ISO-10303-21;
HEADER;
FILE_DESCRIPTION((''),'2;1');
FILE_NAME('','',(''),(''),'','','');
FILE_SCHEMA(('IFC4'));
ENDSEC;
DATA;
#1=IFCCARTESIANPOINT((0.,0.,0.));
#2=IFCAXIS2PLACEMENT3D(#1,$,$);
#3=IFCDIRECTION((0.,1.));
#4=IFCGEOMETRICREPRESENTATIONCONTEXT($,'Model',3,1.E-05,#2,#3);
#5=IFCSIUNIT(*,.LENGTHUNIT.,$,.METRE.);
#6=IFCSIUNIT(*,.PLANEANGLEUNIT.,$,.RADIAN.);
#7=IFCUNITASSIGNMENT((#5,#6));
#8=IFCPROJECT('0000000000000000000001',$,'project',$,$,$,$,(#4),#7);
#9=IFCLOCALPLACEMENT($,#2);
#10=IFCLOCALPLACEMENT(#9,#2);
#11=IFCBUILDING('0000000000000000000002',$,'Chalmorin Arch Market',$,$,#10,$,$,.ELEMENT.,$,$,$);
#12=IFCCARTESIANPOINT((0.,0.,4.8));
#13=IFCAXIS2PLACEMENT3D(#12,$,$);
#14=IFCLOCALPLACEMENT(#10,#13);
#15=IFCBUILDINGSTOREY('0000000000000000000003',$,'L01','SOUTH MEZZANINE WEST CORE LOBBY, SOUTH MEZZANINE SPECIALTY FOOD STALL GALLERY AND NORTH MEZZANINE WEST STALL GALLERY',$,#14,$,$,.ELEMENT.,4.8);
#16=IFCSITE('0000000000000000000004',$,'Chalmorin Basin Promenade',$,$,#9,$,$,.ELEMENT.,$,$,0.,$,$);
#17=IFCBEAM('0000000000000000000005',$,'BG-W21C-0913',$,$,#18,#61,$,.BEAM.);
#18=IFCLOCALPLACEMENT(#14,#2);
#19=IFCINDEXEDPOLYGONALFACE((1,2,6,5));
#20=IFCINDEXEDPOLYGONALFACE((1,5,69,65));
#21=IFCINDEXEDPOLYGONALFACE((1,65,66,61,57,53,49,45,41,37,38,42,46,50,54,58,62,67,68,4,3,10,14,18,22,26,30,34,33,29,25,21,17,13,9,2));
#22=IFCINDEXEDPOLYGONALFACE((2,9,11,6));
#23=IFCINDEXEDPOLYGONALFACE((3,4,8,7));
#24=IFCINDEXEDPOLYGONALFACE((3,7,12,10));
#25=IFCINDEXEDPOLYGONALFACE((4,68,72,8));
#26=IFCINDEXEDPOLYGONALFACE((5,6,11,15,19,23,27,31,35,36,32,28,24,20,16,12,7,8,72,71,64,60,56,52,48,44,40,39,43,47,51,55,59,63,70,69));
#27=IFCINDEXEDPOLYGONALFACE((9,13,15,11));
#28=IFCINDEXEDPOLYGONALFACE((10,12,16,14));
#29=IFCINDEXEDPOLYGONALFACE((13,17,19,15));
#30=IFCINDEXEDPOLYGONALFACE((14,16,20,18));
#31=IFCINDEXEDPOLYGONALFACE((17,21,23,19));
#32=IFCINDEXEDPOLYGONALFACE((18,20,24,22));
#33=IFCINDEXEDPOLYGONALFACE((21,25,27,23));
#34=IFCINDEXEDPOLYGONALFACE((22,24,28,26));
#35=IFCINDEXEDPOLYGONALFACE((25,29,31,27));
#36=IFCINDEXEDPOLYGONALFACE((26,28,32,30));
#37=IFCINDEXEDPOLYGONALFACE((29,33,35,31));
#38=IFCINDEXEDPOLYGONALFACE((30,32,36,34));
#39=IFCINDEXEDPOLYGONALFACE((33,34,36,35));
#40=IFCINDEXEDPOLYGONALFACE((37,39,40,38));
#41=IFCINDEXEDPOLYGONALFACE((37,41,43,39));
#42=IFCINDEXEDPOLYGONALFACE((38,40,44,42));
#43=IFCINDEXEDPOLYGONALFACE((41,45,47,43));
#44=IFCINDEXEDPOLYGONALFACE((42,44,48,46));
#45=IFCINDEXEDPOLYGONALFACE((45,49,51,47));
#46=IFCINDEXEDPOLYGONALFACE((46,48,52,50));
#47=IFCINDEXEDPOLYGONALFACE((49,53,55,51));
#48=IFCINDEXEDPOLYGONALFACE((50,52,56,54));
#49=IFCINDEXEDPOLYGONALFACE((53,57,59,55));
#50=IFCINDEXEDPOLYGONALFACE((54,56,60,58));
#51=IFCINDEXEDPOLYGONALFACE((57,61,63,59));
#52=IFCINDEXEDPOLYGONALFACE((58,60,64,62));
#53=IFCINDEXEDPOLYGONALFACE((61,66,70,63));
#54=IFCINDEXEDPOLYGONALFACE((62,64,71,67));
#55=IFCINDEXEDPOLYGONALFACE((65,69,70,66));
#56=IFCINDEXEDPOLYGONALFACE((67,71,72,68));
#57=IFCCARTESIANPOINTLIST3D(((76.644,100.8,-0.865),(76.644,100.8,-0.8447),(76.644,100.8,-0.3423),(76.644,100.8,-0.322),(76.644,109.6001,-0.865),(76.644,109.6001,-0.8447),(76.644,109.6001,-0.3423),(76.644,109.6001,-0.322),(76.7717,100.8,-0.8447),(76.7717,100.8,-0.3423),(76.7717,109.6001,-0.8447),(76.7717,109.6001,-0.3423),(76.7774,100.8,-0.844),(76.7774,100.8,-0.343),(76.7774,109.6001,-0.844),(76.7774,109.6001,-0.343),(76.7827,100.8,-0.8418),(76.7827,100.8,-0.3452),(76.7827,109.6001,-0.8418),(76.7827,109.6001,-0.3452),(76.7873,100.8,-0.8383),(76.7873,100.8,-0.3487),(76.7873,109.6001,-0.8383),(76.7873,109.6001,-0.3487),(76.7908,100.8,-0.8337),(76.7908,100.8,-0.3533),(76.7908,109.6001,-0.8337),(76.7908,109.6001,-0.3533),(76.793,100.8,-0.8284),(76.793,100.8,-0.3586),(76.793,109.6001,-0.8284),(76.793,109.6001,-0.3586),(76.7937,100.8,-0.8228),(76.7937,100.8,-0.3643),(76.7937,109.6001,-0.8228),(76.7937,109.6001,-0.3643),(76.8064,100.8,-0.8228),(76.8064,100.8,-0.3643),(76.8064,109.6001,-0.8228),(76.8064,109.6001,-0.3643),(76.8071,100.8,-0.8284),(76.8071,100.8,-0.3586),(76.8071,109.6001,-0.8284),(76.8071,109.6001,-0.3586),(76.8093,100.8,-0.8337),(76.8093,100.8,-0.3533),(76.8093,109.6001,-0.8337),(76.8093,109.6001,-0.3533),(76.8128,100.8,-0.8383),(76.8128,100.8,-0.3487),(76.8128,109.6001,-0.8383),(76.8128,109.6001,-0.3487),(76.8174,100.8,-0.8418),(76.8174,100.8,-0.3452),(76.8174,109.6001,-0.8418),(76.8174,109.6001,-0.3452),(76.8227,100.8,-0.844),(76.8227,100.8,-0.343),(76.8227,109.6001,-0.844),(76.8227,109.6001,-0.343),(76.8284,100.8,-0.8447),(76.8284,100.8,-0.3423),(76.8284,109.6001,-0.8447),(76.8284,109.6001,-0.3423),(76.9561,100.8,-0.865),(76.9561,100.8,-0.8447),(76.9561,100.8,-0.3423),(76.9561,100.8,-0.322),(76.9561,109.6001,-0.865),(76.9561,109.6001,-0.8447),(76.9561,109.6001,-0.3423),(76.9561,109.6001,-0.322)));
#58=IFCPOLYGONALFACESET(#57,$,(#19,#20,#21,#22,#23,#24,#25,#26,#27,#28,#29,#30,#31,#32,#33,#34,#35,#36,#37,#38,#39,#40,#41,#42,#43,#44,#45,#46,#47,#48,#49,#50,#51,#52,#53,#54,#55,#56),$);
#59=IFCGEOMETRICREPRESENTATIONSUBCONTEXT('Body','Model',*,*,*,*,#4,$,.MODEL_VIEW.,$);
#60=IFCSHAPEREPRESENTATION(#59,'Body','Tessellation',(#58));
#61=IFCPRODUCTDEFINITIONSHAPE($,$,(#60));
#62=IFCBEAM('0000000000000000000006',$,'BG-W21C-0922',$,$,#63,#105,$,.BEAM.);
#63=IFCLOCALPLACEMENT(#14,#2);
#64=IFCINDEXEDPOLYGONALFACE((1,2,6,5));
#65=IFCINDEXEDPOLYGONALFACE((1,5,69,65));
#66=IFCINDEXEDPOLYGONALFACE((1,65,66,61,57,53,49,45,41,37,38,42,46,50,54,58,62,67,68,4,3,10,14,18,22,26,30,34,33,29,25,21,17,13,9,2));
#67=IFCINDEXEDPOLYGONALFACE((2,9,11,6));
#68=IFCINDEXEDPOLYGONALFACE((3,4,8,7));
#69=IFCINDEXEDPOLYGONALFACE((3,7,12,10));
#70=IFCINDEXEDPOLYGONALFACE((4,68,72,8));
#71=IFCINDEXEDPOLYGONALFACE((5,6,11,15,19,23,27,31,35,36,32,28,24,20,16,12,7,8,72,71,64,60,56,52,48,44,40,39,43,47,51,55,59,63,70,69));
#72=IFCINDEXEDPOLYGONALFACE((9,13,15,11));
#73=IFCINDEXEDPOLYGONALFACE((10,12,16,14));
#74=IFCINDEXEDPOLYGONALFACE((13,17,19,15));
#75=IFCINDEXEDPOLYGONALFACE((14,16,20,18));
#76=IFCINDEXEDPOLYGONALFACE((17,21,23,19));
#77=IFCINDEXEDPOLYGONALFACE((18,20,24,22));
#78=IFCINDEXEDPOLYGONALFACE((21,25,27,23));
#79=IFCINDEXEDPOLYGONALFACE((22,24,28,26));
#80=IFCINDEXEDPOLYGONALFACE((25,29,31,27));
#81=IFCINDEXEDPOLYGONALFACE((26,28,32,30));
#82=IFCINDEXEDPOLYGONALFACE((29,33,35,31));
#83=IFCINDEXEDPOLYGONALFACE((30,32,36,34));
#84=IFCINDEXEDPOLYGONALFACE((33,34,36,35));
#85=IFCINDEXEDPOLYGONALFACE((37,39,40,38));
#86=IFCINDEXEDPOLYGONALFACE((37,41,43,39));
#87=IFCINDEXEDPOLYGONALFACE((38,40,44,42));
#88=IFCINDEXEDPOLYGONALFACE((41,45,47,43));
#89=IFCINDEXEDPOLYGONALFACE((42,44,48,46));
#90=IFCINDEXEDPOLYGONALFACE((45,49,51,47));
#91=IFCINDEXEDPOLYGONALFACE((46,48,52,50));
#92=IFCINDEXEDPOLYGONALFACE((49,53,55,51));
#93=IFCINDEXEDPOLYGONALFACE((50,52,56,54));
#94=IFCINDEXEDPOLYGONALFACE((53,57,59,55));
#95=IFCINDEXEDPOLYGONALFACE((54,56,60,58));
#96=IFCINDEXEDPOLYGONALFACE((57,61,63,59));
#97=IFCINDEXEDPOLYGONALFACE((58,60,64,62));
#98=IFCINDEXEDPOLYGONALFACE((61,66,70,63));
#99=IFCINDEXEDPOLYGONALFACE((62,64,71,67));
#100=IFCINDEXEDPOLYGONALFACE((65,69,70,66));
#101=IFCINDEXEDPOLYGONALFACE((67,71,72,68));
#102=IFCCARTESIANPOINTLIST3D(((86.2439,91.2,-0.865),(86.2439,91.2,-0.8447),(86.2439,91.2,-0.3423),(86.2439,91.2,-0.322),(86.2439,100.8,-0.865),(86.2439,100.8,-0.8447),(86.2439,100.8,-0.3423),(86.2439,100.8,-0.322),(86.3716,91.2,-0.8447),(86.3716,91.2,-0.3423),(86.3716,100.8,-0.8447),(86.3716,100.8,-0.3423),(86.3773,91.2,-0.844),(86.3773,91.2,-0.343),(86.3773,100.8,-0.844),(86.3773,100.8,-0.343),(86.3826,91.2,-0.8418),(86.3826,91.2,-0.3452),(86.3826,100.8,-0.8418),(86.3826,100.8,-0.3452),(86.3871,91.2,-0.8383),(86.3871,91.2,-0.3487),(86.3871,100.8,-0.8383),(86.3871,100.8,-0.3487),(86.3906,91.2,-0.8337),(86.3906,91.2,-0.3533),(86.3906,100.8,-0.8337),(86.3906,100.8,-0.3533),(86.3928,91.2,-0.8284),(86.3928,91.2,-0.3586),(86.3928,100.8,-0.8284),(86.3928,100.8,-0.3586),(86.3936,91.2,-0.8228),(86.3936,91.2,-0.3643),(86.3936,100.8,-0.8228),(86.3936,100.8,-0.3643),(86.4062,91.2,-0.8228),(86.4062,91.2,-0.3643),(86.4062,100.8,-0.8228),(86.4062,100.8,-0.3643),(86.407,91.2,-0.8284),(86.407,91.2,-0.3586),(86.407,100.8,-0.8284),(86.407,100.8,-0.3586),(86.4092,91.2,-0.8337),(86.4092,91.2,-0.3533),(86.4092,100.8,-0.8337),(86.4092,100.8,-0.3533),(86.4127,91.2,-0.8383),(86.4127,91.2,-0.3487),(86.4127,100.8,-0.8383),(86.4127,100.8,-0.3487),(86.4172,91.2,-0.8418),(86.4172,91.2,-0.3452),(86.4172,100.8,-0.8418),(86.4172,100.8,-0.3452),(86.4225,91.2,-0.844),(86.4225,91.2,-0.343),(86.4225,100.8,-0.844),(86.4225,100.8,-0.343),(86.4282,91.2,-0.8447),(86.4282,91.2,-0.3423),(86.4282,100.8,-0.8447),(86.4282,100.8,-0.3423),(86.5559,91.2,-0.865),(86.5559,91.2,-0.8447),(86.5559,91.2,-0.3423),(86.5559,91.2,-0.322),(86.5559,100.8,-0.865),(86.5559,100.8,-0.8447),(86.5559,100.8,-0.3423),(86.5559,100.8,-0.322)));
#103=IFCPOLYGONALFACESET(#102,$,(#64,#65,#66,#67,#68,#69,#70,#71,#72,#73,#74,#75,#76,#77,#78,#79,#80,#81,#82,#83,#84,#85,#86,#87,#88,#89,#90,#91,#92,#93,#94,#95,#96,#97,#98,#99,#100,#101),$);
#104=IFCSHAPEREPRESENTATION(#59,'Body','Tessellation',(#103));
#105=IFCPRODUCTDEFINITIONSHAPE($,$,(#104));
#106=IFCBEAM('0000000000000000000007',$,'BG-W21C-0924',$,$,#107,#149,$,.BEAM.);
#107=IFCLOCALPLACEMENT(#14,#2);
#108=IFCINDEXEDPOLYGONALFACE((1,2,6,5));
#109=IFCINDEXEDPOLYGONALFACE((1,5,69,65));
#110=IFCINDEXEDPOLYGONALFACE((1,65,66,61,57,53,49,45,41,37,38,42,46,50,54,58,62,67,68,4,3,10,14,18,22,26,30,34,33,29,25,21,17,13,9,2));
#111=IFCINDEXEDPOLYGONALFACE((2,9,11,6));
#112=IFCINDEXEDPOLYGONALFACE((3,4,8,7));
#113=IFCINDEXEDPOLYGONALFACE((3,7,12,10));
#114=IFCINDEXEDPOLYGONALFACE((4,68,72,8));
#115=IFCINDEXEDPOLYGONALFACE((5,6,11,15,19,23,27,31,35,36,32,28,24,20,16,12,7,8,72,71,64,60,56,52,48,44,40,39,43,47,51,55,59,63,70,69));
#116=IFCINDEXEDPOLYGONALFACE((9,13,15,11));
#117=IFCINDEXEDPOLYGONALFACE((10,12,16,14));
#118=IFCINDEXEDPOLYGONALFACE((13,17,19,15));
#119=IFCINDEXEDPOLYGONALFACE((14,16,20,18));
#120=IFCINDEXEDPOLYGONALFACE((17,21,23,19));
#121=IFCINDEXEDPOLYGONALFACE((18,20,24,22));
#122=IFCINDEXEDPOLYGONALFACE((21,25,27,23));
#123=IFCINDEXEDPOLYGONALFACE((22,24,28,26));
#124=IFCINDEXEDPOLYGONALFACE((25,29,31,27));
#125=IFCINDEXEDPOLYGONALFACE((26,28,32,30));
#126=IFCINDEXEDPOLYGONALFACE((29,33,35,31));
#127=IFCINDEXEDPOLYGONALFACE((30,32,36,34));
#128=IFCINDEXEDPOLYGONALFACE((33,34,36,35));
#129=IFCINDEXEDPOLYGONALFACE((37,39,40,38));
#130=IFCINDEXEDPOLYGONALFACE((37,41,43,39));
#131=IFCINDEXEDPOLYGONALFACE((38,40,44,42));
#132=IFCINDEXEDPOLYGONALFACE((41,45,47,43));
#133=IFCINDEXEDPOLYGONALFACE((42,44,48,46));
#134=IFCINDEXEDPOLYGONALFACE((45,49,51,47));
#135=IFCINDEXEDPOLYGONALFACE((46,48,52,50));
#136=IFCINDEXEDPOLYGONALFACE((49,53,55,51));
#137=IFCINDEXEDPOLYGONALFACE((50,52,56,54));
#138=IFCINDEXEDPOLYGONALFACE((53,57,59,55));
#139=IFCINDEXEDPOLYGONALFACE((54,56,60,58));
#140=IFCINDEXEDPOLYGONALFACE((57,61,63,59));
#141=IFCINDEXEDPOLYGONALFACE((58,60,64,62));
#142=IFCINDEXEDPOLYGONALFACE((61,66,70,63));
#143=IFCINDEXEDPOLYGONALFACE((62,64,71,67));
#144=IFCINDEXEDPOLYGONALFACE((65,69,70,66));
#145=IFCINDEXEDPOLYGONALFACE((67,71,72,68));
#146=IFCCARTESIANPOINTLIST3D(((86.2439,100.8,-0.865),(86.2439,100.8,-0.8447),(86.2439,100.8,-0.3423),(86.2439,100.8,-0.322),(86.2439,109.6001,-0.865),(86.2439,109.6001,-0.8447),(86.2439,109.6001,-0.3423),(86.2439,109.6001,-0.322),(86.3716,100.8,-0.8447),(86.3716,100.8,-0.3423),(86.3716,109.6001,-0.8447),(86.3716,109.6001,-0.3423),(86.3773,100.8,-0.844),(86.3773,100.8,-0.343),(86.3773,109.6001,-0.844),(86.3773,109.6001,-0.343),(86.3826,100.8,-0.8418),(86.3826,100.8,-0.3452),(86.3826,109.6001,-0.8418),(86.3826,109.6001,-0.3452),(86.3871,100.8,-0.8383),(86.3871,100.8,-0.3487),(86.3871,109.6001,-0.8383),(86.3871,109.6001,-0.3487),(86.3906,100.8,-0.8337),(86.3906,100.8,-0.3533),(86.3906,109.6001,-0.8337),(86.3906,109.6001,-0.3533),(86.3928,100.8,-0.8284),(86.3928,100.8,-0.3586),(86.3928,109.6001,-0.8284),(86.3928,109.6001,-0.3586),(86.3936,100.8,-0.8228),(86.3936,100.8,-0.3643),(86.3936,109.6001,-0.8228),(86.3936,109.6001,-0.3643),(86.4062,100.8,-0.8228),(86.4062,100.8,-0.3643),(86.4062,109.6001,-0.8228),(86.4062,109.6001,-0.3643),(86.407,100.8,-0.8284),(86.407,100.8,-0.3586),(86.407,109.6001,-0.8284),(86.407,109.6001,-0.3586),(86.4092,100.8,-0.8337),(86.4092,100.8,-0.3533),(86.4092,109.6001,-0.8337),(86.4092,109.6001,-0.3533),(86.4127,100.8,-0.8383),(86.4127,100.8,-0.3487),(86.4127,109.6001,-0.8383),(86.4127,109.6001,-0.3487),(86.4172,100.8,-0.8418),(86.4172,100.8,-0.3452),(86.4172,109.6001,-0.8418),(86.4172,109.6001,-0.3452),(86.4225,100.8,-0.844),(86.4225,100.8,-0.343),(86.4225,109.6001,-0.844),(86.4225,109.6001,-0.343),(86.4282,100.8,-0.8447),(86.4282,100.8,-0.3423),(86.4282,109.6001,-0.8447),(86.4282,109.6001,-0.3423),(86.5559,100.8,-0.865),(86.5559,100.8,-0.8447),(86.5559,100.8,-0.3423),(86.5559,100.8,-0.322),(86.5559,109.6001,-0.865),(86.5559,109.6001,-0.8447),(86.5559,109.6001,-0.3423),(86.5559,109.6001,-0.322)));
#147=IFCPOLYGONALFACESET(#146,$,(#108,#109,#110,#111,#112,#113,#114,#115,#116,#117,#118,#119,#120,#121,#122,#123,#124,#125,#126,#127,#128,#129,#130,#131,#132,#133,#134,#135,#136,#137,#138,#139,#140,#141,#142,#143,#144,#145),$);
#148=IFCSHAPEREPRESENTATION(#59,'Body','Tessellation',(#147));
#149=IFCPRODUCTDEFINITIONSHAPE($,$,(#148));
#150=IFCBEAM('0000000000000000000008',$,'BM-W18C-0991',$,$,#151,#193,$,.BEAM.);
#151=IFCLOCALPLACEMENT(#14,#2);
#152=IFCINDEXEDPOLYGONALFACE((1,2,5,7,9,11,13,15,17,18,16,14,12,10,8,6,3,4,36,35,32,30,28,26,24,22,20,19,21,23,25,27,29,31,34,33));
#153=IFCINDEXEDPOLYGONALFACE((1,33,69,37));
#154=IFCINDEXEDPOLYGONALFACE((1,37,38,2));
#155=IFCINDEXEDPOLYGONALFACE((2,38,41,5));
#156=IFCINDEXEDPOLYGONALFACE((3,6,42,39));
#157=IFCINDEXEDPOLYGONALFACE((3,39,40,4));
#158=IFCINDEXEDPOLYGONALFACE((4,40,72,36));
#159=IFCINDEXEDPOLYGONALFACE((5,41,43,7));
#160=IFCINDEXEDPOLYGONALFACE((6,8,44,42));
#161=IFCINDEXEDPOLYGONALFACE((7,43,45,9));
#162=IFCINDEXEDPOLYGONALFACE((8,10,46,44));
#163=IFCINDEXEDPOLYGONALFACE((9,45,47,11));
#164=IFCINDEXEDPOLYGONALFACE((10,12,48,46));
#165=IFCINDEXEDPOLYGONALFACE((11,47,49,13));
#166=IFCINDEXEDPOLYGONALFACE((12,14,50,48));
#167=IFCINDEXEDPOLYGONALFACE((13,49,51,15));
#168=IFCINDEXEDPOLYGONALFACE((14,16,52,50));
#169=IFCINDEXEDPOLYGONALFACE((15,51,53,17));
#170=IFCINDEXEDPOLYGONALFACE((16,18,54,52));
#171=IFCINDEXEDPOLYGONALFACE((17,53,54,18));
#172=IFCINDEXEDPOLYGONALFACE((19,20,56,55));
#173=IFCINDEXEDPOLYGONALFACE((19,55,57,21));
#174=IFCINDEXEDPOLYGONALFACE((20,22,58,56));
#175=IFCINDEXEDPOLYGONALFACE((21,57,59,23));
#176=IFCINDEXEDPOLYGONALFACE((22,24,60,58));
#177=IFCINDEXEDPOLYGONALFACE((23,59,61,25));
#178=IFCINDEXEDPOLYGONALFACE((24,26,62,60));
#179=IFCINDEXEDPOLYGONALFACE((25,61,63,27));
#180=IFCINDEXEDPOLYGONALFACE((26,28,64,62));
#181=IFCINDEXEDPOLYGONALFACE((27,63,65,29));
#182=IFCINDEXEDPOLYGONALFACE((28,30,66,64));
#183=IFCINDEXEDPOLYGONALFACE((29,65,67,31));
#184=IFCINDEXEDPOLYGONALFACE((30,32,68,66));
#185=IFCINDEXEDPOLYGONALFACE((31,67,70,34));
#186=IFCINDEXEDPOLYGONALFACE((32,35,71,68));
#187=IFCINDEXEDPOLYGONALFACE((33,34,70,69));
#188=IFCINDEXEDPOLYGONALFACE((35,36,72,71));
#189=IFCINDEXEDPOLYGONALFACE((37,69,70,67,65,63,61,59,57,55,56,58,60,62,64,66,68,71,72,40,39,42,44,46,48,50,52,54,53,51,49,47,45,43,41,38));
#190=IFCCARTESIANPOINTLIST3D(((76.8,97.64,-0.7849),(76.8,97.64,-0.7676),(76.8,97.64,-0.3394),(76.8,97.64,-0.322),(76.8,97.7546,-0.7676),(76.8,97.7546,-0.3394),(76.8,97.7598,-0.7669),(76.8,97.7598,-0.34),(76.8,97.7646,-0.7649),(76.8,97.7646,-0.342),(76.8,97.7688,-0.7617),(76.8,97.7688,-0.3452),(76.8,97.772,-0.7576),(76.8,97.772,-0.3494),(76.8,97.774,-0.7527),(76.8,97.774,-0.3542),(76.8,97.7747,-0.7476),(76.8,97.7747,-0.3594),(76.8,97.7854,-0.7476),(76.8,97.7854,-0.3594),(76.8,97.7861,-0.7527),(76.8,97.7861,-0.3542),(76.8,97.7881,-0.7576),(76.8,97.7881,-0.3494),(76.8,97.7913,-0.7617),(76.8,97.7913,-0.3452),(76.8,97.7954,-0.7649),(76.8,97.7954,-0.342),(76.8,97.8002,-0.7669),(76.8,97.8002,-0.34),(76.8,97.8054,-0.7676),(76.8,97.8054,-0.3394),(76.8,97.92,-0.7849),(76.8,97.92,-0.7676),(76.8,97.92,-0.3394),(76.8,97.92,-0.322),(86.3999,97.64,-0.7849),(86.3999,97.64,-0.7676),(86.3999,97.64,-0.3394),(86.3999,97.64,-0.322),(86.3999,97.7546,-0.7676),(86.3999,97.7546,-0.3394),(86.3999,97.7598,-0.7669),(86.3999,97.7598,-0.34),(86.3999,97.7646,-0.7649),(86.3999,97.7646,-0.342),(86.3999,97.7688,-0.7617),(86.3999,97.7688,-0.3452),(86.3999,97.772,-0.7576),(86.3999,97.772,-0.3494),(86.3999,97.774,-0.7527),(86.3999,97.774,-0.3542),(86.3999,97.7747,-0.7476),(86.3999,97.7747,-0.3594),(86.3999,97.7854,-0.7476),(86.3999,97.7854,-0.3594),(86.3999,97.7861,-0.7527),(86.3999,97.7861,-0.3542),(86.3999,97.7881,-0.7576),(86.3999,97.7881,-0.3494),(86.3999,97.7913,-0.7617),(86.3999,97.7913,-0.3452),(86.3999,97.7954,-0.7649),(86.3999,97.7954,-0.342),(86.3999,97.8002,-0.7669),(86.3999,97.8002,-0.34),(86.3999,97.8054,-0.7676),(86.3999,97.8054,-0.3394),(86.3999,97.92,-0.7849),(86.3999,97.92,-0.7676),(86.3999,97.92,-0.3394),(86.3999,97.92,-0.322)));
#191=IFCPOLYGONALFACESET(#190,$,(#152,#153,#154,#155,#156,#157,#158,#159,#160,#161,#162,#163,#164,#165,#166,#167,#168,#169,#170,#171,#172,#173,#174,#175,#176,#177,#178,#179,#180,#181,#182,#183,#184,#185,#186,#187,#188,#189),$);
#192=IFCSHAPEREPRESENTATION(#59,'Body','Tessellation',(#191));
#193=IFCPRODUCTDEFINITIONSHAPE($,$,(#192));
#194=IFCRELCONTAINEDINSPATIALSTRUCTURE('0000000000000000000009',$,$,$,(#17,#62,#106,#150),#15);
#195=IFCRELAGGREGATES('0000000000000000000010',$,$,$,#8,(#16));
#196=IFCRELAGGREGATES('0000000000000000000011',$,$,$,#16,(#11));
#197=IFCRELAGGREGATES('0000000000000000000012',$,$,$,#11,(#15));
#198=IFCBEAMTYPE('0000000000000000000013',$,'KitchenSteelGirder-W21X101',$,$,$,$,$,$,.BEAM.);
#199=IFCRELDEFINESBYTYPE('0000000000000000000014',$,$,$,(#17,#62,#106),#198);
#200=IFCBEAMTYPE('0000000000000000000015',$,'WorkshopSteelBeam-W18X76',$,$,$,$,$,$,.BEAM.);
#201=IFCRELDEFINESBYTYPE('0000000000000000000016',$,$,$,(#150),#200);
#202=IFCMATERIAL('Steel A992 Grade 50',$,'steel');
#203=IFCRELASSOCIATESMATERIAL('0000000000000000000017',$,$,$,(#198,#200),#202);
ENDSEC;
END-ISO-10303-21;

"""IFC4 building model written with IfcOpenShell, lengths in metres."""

from ifc_helpers import new_model, si_unit, direction, frame, origin, origin_2d, place, context, subcontext, project, spatial, i_section, extrude, material, material_profile, profile_set, type_object, element, save


model = new_model("IFC4")

# Units and contexts
model_context = context("Model", 3, precision=1e-05, world=origin(), true_north=direction((0.0, 1.0)))
body_context = subcontext(model_context, "Body", "Model", "MODEL_VIEW")
ifc_project = project(units=[si_unit("LENGTHUNIT", "METRE"), si_unit("PLANEANGLEUNIT", "RADIAN")], contexts=[model_context])

# Site, building, storey
site_placement = place(None, origin())
site = spatial("IfcSite", under=ifc_project, at=site_placement, Name="Chalmorin Basin Promenade", CompositionType="ELEMENT", RefElevation=0.0)
building_placement = place(site_placement, origin())
building = spatial("IfcBuilding", under=site, at=building_placement, Name="Chalmorin Arch Market", CompositionType="ELEMENT")
storey_placement = place(building_placement, frame((0.0, 0.0, 4.8)))
storey = spatial("IfcBuildingStorey", under=building, at=storey_placement, Name="L01", Description="SOUTH MEZZANINE WEST CORE LOBBY, SOUTH MEZZANINE SPECIALTY FOOD STALL GALLERY AND NORTH MEZZANINE WEST STALL GALLERY", CompositionType="ELEMENT", Elevation=4.8)

# Beams
ifc_material_1 = material(Name="Steel A992 Grade 50", Category="steel")
ifc_material_profile_1 = material_profile(ifc_material_1, i_section(OverallWidth=0.312, OverallDepth=0.543, WebThickness=0.0127, FlangeThickness=0.0203, FilletRadius=0.022, at=origin_2d()), Name="W21X101")
ifc_profile_set_1 = profile_set([ifc_material_profile_1], Name="Steel A992 Grade 50")
beam_type_1 = type_object("IfcBeamType", Name="KitchenSteelGirder-W21X101", PredefinedType="BEAM", material=ifc_profile_set_1)
beam_1_placement = place(storey_placement, frame((76.8, 100.8, -0.5935), z_axis=(0.0, 1.0, 0.0), x_axis=(-1.0, 0.0, 0.0)))
element("IfcBeam", 1, at=beam_1_placement, inside=storey, type_object=beam_type_1, Name="BG-W21C-0913", PredefinedType="BEAM", context=body_context, shape_type="SweptSolid", body=[
    extrude(i_section(OverallWidth=0.312, OverallDepth=0.543, WebThickness=0.0127, FlangeThickness=0.0203, FilletRadius=0.022, at=origin_2d()), origin(), (0.0, 0.0, 1.0), 8.8),
])
beam_2_placement = place(storey_placement, frame((86.3999, 91.2, -0.5935), z_axis=(0.0, 1.0, 0.0), x_axis=(-1.0, 0.0, 0.0)))
element("IfcBeam", 2, at=beam_2_placement, inside=storey, type_object=beam_type_1, Name="BG-W21C-0922", PredefinedType="BEAM", context=body_context, shape_type="SweptSolid", body=[
    extrude(i_section(OverallWidth=0.312, OverallDepth=0.543, WebThickness=0.0127, FlangeThickness=0.0203, FilletRadius=0.022, at=origin_2d()), origin(), (0.0, 0.0, 1.0), 9.6001),
])
beam_3_placement = place(storey_placement, frame((86.3999, 100.8, -0.5935), z_axis=(0.0, 1.0, 0.0), x_axis=(-1.0, 0.0, 0.0)))
element("IfcBeam", 3, at=beam_3_placement, inside=storey, type_object=beam_type_1, Name="BG-W21C-0924", PredefinedType="BEAM", context=body_context, shape_type="SweptSolid", body=[
    extrude(i_section(OverallWidth=0.312, OverallDepth=0.543, WebThickness=0.0127, FlangeThickness=0.0203, FilletRadius=0.022, at=origin_2d()), origin(), (0.0, 0.0, 1.0), 8.8),
])
ifc_material_profile_2 = material_profile(ifc_material_1, i_section(OverallWidth=0.28, OverallDepth=0.4629, WebThickness=0.0107, FlangeThickness=0.0173, FilletRadius=0.02, at=origin_2d()), Name="W18X76")
ifc_profile_set_2 = profile_set([ifc_material_profile_2], Name="Steel A992 Grade 50")
beam_type_2 = type_object("IfcBeamType", Name="WorkshopSteelBeam-W18X76", PredefinedType="BEAM", material=ifc_profile_set_2)
for number, where, z_axis, x_axis, name in (
    (4, (76.8, 97.78, -0.5535), (1.0, 0.0, 0.0), (0.0, 1.0, 0.0), "BM-W18C-0991"),
):
    element("IfcBeam", number, at=place(storey_placement, frame(where, z_axis=z_axis, x_axis=x_axis)), inside=storey, type_object=beam_type_2, Name=name, PredefinedType="BEAM", context=body_context, shape_type="SweptSolid", body=[
        extrude(i_section(OverallWidth=0.28, OverallDepth=0.4629, WebThickness=0.0107, FlangeThickness=0.0173, FilletRadius=0.02, at=origin_2d()), origin(), (0.0, 0.0, 1.0), 9.5999),
    ])

save(model, "model.ifc")
